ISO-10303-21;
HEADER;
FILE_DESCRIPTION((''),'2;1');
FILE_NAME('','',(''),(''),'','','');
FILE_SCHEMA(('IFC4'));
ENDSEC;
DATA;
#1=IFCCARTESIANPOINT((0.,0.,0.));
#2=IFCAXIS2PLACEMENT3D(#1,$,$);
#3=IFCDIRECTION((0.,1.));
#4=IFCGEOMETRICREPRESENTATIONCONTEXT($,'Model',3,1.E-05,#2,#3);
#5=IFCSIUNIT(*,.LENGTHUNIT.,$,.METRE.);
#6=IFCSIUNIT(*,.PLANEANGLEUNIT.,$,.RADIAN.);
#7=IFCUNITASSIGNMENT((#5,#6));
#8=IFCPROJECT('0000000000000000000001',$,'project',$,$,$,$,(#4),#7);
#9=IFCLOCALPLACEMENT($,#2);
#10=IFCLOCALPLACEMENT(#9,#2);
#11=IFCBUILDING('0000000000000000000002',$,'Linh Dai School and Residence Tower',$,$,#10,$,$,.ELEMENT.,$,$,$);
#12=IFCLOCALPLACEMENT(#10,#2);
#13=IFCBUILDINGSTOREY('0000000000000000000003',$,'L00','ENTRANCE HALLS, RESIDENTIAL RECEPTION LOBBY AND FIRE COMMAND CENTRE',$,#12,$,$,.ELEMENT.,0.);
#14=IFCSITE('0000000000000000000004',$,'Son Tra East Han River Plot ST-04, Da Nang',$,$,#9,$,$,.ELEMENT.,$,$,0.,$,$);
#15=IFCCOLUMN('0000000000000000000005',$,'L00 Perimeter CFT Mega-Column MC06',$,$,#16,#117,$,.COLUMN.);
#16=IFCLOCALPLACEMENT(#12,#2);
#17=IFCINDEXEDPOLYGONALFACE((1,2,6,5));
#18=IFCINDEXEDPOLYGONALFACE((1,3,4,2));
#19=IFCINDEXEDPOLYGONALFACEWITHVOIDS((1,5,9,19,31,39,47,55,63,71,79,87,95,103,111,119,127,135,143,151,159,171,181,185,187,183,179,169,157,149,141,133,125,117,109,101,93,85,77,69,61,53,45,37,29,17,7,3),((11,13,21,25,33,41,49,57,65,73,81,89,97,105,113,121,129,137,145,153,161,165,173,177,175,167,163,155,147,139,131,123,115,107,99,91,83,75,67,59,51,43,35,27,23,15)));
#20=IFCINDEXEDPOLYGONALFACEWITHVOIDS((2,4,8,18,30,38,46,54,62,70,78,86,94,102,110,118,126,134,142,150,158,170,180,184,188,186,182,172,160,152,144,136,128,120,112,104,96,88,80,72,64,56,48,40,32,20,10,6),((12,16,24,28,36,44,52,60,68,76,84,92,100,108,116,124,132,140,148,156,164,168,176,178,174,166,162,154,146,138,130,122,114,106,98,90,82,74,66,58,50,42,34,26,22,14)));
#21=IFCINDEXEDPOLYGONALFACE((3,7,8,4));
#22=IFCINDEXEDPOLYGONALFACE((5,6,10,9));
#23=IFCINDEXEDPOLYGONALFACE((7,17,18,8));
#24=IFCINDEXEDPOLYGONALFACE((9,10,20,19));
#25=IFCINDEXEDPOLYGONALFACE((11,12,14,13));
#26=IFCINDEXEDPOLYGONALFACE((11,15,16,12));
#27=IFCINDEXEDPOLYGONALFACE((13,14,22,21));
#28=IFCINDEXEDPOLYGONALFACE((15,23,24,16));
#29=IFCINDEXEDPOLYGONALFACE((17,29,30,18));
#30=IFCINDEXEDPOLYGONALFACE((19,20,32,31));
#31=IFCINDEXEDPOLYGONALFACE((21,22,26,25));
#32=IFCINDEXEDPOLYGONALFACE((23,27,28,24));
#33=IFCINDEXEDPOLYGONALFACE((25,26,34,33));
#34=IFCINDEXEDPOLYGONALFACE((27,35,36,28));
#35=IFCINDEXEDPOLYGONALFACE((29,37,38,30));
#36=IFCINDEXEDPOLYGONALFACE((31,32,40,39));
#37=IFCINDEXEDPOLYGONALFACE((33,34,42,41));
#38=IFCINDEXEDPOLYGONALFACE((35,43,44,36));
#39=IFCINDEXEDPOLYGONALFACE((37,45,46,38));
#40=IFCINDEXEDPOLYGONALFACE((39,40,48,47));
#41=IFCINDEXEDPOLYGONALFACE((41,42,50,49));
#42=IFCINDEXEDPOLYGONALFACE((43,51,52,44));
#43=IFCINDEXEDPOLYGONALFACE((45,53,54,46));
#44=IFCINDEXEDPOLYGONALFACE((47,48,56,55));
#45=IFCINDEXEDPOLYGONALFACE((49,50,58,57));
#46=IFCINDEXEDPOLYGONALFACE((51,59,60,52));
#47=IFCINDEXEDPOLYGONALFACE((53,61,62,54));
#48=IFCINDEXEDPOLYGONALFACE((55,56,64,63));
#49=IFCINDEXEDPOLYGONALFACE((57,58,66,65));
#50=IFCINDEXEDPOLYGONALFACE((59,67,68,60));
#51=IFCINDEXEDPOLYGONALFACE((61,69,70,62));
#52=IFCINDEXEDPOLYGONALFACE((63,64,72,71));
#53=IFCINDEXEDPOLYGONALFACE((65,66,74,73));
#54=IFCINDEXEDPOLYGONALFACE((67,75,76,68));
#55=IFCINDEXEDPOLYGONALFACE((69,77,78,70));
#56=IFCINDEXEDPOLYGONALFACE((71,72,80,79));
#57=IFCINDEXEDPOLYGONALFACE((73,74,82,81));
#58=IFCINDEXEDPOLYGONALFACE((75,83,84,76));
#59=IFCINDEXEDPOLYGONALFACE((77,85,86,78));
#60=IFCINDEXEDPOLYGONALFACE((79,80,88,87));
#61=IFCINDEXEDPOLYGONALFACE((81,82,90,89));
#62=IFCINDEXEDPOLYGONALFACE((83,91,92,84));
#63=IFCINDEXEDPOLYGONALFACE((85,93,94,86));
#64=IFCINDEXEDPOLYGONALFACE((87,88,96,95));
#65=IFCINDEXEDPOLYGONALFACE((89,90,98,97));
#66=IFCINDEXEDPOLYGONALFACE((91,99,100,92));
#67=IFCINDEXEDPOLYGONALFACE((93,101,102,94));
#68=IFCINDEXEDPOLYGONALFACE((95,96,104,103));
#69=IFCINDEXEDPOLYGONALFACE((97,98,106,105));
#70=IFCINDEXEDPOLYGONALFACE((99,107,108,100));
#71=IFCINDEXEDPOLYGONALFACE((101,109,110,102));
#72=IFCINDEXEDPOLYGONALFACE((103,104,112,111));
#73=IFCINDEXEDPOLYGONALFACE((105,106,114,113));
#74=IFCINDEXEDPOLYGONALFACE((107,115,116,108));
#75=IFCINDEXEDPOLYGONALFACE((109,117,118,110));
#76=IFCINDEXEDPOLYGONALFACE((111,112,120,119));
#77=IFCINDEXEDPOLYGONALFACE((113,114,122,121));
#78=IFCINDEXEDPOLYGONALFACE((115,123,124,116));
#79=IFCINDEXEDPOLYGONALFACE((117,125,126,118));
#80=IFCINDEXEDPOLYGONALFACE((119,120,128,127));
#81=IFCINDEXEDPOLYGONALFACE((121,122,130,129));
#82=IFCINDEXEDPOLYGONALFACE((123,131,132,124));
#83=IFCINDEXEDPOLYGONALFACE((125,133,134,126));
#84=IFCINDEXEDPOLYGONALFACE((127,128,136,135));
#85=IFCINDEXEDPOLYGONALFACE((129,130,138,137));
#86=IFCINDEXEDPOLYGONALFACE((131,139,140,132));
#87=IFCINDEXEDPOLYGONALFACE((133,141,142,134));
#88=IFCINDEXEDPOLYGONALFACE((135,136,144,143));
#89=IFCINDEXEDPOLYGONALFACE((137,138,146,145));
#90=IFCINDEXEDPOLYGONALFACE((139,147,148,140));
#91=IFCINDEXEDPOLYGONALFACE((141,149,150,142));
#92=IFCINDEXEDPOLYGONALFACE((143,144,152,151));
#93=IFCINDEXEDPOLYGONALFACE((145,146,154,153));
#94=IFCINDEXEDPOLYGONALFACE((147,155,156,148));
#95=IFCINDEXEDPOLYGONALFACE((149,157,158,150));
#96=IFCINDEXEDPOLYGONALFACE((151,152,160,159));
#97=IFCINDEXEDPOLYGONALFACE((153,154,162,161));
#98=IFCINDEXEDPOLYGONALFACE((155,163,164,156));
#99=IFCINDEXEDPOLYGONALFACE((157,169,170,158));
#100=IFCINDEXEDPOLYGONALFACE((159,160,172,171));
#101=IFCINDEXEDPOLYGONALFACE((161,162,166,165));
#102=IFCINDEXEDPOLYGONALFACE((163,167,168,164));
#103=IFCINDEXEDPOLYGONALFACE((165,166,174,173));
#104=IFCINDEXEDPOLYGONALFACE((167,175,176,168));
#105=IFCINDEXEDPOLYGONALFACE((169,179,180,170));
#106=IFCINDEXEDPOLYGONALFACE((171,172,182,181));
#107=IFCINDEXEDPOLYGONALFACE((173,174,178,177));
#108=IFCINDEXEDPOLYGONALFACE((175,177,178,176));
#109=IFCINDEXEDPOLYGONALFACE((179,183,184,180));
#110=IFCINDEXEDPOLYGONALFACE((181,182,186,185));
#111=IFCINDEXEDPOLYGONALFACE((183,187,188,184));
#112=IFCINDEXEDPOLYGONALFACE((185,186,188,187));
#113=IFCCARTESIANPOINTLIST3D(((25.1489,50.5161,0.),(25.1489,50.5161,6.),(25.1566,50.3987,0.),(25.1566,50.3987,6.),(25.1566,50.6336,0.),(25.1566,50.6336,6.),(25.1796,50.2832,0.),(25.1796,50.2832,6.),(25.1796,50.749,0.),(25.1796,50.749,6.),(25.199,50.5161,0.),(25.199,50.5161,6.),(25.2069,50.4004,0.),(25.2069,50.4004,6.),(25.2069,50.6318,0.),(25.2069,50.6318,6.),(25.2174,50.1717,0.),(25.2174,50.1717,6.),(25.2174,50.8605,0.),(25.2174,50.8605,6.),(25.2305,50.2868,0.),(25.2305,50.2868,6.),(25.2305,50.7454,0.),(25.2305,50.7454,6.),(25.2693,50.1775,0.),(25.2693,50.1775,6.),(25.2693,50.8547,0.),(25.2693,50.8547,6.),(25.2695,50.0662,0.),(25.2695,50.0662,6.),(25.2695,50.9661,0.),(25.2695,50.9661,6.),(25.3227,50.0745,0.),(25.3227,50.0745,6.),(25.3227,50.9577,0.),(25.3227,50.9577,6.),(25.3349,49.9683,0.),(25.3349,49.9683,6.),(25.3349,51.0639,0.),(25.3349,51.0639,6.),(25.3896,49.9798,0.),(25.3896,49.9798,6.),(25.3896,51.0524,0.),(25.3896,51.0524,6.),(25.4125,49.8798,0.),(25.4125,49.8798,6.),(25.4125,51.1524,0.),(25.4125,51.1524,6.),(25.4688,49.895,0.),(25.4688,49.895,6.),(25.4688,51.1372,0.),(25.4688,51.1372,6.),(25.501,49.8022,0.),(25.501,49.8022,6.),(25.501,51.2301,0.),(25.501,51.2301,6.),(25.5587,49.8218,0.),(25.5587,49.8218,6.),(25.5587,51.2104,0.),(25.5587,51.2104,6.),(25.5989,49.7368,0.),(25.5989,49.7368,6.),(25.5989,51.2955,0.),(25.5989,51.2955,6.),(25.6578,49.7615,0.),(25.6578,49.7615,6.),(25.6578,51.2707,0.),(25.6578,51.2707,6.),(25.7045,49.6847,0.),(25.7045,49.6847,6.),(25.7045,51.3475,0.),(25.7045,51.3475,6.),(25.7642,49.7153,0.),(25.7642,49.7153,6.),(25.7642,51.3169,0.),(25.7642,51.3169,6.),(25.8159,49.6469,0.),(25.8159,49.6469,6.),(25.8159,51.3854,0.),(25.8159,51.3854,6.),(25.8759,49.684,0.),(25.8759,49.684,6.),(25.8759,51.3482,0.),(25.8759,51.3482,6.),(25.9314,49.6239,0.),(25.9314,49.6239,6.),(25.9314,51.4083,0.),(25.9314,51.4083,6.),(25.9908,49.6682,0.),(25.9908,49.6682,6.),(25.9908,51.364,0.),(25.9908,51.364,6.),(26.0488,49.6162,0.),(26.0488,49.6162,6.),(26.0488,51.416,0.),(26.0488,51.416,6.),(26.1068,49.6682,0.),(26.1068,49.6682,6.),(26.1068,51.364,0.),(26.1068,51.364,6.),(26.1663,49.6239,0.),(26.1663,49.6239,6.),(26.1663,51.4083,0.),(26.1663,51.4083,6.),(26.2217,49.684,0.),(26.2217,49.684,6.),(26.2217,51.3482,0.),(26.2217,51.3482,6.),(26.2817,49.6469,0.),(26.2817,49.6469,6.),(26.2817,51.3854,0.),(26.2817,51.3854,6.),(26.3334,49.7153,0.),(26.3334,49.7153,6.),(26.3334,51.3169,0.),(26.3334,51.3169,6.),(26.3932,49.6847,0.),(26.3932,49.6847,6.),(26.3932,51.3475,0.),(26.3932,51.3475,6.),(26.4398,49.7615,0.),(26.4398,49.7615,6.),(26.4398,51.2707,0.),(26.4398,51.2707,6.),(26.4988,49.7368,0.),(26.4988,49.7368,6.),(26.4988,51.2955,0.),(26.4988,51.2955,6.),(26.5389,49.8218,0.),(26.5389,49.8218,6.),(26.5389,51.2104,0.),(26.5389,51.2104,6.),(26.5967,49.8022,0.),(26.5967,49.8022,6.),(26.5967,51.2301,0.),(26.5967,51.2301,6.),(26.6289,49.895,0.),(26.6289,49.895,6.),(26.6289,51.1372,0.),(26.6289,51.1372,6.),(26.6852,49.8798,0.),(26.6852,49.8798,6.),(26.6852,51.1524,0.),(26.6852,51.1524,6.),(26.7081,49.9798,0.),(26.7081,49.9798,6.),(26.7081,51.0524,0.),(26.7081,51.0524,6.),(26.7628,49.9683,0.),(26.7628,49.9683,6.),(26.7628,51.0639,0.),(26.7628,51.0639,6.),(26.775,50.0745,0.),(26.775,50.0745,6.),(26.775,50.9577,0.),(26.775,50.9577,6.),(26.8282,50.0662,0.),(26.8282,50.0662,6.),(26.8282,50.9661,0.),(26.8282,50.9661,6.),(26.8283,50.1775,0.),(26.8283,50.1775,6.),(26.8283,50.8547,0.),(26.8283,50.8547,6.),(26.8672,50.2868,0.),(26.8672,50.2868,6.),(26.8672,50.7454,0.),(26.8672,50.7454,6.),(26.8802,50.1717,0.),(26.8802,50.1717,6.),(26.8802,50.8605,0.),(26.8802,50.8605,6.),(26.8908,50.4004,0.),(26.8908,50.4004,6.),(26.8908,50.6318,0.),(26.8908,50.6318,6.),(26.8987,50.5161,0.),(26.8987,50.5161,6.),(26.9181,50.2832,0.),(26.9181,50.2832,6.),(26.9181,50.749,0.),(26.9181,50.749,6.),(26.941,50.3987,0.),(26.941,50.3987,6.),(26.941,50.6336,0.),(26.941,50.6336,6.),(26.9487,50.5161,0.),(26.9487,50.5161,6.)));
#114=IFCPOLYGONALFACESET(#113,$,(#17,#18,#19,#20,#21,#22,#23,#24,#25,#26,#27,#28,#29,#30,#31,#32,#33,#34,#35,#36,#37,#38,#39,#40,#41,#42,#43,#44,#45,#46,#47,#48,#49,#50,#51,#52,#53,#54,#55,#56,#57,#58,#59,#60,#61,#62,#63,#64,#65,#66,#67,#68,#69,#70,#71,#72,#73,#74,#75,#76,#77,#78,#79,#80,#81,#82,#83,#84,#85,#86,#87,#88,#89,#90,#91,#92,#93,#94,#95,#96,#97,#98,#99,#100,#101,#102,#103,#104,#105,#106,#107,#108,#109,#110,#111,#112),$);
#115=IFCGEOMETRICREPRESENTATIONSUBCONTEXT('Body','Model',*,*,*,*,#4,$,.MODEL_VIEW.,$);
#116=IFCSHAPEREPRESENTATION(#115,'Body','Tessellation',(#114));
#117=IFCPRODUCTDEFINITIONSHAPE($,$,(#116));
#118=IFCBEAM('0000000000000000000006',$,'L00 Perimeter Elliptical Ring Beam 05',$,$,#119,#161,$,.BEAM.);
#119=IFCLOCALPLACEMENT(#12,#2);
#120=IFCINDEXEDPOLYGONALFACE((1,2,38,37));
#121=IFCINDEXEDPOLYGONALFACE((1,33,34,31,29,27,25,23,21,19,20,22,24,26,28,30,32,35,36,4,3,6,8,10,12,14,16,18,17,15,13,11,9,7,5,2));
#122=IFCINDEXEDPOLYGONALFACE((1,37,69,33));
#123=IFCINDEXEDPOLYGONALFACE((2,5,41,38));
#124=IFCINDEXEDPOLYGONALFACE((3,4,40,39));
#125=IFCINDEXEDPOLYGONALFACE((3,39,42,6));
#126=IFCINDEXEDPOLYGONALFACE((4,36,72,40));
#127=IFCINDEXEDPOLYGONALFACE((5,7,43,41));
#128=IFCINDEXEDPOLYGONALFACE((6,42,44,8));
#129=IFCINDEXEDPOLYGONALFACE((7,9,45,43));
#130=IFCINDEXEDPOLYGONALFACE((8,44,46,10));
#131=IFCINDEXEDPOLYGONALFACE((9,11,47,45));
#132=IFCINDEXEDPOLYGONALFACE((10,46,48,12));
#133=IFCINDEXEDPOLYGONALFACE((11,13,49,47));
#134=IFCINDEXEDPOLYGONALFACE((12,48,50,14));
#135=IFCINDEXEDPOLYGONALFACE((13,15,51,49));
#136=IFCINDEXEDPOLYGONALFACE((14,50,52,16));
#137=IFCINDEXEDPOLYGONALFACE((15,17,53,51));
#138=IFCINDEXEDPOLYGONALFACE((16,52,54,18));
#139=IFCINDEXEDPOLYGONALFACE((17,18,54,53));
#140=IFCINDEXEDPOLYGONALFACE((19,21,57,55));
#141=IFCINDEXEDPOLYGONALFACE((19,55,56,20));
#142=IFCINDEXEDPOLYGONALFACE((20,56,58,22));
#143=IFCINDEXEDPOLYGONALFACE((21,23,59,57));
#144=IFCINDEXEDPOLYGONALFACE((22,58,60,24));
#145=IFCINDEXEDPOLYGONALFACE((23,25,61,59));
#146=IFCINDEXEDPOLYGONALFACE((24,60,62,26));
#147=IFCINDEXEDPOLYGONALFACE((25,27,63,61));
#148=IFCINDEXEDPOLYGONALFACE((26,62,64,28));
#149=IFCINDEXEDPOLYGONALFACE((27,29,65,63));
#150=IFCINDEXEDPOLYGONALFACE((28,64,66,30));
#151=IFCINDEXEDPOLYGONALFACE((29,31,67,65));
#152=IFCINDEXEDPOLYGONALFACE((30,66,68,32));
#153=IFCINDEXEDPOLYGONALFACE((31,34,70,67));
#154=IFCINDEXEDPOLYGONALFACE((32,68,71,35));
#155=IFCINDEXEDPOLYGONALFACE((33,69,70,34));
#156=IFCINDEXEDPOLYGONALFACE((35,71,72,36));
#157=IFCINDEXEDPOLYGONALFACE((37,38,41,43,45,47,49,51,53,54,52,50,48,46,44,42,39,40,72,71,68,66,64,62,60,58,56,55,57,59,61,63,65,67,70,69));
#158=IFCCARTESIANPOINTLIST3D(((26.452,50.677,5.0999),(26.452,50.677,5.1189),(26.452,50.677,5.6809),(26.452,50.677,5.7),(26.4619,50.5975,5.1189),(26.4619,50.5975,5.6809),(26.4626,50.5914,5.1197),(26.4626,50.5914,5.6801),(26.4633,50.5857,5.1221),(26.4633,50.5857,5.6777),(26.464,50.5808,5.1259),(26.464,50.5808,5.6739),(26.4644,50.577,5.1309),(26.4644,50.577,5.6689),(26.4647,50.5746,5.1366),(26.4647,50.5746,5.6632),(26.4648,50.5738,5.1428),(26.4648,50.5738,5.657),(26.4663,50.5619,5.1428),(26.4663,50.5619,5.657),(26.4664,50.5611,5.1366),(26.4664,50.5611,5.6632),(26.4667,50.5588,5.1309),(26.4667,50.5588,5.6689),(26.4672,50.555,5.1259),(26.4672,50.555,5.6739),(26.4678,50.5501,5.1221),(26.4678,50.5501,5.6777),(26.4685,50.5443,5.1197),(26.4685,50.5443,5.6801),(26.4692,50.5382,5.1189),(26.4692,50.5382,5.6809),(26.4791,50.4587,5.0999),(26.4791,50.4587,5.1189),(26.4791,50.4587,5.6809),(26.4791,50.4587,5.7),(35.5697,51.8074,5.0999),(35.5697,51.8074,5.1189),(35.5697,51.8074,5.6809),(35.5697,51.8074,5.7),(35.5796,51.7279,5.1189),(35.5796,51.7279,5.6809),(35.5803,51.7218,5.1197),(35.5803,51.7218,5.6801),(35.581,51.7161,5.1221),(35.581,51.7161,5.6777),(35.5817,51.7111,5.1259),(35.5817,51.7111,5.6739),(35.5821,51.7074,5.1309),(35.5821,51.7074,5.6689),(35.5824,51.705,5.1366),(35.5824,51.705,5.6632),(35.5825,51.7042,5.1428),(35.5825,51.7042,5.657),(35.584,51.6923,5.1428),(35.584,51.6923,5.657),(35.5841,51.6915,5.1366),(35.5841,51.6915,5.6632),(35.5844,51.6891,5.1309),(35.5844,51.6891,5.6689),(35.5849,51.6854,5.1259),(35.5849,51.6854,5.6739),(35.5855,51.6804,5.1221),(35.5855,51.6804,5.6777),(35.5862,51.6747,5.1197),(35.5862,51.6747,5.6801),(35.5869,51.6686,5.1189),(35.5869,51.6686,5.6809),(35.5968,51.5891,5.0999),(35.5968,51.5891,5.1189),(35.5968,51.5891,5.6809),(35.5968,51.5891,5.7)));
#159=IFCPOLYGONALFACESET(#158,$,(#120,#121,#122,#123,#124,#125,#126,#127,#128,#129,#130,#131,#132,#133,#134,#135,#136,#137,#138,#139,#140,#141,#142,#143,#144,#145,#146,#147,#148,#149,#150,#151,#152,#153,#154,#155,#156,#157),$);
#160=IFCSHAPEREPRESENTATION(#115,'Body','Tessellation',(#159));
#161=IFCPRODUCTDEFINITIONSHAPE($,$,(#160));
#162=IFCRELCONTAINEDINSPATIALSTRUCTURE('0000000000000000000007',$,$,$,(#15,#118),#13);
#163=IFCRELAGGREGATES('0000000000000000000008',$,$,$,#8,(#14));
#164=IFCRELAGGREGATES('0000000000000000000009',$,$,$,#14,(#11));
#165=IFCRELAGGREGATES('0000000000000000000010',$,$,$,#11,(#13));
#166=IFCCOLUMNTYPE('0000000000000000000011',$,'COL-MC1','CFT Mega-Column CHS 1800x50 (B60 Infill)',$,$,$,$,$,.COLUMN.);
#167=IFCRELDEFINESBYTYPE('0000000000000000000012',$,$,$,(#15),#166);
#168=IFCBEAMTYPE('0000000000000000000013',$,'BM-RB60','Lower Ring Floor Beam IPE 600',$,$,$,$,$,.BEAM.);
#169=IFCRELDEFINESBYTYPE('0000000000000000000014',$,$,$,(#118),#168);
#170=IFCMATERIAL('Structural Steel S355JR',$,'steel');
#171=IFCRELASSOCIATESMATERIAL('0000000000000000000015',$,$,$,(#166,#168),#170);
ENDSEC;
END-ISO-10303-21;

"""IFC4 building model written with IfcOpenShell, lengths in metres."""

from ifc_helpers import new_model, si_unit, direction, frame, origin, origin_2d, place, context, subcontext, project, spatial, hollow_circle, i_section, extrude, material, material_profile, profile_set, type_object, element, save


model = new_model("IFC4")

# Units and contexts
model_context = context("Model", 3, precision=1e-05, world=origin(), true_north=direction((0.0, 1.0)))
body_context = subcontext(model_context, "Body", "Model", "MODEL_VIEW")
ifc_project = project(units=[si_unit("LENGTHUNIT", "METRE"), si_unit("PLANEANGLEUNIT", "RADIAN")], contexts=[model_context])

# Site, building, storey
site_placement = place(None, origin())
site = spatial("IfcSite", under=ifc_project, at=site_placement, Name="Son Tra East Han River Plot ST-04, Da Nang", CompositionType="ELEMENT", RefElevation=0.0)
building_placement = place(site_placement, origin())
building = spatial("IfcBuilding", under=site, at=building_placement, Name="Linh Dai School and Residence Tower", CompositionType="ELEMENT")
storey_placement = place(building_placement, origin())
storey = spatial("IfcBuildingStorey", under=building, at=storey_placement, Name="L00", Description="ENTRANCE HALLS, RESIDENTIAL RECEPTION LOBBY AND FIRE COMMAND CENTRE", CompositionType="ELEMENT", Elevation=0.0)

# Column
ifc_material_1 = material(Name="Structural Steel S355JR", Category="steel")
ifc_material_profile_1 = material_profile(ifc_material_1, hollow_circle(Radius=0.8999, WallThickness=0.05, at=origin_2d()), Name="CHS 1800x50")
ifc_profile_set_1 = profile_set([ifc_material_profile_1], Name="Structural Steel S355JR")
column_type = type_object("IfcColumnType", Name="COL-MC1", Description="CFT Mega-Column CHS 1800x50 (B60 Infill)", PredefinedType="COLUMN", material=ifc_profile_set_1)
for number, where, z_axis, x_axis, name in (
    (1, (26.0488, 50.5161, 0.0), (0.0, 0.0, 1.0), (1.0, 0.0, 0.0), "L00 Perimeter CFT Mega-Column MC06"),
):
    element("IfcColumn", number, at=place(storey_placement, frame(where, z_axis=z_axis, x_axis=x_axis)), inside=storey, type_object=column_type, Name=name, PredefinedType="COLUMN", context=body_context, shape_type="SweptSolid", body=[
        extrude(hollow_circle(Radius=0.8999, WallThickness=0.05, at=origin_2d()), origin(), (0.0, 0.0, 1.0), 6.0),
    ])

# Beam
ifc_material_profile_2 = material_profile(ifc_material_1, i_section(OverallWidth=0.22, OverallDepth=0.6001, WebThickness=0.012, FlangeThickness=0.019, FilletRadius=0.0239, at=origin_2d()), Name="IPE 600")
ifc_profile_set_2 = profile_set([ifc_material_profile_2], Name="Structural Steel S355JR")
beam_type_1 = type_object("IfcBeamType", Name="BM-RB60", Description="Lower Ring Floor Beam IPE 600", PredefinedType="BEAM", material=ifc_profile_set_2)
beam_1_placement = place(storey_placement, frame((35.5833, 51.6982, 5.3999), z_axis=(-0.992402, -0.123034, 0.0), x_axis=(0.123034, -0.992402, 0.0)))
element("IfcBeam", 2, at=beam_1_placement, inside=storey, type_object=beam_type_1, Name="L00 Perimeter Elliptical Ring Beam 05", PredefinedType="BEAM", context=body_context, shape_type="SweptSolid", body=[
    extrude(i_section(OverallWidth=0.22, OverallDepth=0.6001, WebThickness=0.012, FlangeThickness=0.019, FilletRadius=0.0239, at=origin_2d()), origin(), (0.0, 0.0, 1.0), 9.1875),
])

save(model, "model.ifc")
